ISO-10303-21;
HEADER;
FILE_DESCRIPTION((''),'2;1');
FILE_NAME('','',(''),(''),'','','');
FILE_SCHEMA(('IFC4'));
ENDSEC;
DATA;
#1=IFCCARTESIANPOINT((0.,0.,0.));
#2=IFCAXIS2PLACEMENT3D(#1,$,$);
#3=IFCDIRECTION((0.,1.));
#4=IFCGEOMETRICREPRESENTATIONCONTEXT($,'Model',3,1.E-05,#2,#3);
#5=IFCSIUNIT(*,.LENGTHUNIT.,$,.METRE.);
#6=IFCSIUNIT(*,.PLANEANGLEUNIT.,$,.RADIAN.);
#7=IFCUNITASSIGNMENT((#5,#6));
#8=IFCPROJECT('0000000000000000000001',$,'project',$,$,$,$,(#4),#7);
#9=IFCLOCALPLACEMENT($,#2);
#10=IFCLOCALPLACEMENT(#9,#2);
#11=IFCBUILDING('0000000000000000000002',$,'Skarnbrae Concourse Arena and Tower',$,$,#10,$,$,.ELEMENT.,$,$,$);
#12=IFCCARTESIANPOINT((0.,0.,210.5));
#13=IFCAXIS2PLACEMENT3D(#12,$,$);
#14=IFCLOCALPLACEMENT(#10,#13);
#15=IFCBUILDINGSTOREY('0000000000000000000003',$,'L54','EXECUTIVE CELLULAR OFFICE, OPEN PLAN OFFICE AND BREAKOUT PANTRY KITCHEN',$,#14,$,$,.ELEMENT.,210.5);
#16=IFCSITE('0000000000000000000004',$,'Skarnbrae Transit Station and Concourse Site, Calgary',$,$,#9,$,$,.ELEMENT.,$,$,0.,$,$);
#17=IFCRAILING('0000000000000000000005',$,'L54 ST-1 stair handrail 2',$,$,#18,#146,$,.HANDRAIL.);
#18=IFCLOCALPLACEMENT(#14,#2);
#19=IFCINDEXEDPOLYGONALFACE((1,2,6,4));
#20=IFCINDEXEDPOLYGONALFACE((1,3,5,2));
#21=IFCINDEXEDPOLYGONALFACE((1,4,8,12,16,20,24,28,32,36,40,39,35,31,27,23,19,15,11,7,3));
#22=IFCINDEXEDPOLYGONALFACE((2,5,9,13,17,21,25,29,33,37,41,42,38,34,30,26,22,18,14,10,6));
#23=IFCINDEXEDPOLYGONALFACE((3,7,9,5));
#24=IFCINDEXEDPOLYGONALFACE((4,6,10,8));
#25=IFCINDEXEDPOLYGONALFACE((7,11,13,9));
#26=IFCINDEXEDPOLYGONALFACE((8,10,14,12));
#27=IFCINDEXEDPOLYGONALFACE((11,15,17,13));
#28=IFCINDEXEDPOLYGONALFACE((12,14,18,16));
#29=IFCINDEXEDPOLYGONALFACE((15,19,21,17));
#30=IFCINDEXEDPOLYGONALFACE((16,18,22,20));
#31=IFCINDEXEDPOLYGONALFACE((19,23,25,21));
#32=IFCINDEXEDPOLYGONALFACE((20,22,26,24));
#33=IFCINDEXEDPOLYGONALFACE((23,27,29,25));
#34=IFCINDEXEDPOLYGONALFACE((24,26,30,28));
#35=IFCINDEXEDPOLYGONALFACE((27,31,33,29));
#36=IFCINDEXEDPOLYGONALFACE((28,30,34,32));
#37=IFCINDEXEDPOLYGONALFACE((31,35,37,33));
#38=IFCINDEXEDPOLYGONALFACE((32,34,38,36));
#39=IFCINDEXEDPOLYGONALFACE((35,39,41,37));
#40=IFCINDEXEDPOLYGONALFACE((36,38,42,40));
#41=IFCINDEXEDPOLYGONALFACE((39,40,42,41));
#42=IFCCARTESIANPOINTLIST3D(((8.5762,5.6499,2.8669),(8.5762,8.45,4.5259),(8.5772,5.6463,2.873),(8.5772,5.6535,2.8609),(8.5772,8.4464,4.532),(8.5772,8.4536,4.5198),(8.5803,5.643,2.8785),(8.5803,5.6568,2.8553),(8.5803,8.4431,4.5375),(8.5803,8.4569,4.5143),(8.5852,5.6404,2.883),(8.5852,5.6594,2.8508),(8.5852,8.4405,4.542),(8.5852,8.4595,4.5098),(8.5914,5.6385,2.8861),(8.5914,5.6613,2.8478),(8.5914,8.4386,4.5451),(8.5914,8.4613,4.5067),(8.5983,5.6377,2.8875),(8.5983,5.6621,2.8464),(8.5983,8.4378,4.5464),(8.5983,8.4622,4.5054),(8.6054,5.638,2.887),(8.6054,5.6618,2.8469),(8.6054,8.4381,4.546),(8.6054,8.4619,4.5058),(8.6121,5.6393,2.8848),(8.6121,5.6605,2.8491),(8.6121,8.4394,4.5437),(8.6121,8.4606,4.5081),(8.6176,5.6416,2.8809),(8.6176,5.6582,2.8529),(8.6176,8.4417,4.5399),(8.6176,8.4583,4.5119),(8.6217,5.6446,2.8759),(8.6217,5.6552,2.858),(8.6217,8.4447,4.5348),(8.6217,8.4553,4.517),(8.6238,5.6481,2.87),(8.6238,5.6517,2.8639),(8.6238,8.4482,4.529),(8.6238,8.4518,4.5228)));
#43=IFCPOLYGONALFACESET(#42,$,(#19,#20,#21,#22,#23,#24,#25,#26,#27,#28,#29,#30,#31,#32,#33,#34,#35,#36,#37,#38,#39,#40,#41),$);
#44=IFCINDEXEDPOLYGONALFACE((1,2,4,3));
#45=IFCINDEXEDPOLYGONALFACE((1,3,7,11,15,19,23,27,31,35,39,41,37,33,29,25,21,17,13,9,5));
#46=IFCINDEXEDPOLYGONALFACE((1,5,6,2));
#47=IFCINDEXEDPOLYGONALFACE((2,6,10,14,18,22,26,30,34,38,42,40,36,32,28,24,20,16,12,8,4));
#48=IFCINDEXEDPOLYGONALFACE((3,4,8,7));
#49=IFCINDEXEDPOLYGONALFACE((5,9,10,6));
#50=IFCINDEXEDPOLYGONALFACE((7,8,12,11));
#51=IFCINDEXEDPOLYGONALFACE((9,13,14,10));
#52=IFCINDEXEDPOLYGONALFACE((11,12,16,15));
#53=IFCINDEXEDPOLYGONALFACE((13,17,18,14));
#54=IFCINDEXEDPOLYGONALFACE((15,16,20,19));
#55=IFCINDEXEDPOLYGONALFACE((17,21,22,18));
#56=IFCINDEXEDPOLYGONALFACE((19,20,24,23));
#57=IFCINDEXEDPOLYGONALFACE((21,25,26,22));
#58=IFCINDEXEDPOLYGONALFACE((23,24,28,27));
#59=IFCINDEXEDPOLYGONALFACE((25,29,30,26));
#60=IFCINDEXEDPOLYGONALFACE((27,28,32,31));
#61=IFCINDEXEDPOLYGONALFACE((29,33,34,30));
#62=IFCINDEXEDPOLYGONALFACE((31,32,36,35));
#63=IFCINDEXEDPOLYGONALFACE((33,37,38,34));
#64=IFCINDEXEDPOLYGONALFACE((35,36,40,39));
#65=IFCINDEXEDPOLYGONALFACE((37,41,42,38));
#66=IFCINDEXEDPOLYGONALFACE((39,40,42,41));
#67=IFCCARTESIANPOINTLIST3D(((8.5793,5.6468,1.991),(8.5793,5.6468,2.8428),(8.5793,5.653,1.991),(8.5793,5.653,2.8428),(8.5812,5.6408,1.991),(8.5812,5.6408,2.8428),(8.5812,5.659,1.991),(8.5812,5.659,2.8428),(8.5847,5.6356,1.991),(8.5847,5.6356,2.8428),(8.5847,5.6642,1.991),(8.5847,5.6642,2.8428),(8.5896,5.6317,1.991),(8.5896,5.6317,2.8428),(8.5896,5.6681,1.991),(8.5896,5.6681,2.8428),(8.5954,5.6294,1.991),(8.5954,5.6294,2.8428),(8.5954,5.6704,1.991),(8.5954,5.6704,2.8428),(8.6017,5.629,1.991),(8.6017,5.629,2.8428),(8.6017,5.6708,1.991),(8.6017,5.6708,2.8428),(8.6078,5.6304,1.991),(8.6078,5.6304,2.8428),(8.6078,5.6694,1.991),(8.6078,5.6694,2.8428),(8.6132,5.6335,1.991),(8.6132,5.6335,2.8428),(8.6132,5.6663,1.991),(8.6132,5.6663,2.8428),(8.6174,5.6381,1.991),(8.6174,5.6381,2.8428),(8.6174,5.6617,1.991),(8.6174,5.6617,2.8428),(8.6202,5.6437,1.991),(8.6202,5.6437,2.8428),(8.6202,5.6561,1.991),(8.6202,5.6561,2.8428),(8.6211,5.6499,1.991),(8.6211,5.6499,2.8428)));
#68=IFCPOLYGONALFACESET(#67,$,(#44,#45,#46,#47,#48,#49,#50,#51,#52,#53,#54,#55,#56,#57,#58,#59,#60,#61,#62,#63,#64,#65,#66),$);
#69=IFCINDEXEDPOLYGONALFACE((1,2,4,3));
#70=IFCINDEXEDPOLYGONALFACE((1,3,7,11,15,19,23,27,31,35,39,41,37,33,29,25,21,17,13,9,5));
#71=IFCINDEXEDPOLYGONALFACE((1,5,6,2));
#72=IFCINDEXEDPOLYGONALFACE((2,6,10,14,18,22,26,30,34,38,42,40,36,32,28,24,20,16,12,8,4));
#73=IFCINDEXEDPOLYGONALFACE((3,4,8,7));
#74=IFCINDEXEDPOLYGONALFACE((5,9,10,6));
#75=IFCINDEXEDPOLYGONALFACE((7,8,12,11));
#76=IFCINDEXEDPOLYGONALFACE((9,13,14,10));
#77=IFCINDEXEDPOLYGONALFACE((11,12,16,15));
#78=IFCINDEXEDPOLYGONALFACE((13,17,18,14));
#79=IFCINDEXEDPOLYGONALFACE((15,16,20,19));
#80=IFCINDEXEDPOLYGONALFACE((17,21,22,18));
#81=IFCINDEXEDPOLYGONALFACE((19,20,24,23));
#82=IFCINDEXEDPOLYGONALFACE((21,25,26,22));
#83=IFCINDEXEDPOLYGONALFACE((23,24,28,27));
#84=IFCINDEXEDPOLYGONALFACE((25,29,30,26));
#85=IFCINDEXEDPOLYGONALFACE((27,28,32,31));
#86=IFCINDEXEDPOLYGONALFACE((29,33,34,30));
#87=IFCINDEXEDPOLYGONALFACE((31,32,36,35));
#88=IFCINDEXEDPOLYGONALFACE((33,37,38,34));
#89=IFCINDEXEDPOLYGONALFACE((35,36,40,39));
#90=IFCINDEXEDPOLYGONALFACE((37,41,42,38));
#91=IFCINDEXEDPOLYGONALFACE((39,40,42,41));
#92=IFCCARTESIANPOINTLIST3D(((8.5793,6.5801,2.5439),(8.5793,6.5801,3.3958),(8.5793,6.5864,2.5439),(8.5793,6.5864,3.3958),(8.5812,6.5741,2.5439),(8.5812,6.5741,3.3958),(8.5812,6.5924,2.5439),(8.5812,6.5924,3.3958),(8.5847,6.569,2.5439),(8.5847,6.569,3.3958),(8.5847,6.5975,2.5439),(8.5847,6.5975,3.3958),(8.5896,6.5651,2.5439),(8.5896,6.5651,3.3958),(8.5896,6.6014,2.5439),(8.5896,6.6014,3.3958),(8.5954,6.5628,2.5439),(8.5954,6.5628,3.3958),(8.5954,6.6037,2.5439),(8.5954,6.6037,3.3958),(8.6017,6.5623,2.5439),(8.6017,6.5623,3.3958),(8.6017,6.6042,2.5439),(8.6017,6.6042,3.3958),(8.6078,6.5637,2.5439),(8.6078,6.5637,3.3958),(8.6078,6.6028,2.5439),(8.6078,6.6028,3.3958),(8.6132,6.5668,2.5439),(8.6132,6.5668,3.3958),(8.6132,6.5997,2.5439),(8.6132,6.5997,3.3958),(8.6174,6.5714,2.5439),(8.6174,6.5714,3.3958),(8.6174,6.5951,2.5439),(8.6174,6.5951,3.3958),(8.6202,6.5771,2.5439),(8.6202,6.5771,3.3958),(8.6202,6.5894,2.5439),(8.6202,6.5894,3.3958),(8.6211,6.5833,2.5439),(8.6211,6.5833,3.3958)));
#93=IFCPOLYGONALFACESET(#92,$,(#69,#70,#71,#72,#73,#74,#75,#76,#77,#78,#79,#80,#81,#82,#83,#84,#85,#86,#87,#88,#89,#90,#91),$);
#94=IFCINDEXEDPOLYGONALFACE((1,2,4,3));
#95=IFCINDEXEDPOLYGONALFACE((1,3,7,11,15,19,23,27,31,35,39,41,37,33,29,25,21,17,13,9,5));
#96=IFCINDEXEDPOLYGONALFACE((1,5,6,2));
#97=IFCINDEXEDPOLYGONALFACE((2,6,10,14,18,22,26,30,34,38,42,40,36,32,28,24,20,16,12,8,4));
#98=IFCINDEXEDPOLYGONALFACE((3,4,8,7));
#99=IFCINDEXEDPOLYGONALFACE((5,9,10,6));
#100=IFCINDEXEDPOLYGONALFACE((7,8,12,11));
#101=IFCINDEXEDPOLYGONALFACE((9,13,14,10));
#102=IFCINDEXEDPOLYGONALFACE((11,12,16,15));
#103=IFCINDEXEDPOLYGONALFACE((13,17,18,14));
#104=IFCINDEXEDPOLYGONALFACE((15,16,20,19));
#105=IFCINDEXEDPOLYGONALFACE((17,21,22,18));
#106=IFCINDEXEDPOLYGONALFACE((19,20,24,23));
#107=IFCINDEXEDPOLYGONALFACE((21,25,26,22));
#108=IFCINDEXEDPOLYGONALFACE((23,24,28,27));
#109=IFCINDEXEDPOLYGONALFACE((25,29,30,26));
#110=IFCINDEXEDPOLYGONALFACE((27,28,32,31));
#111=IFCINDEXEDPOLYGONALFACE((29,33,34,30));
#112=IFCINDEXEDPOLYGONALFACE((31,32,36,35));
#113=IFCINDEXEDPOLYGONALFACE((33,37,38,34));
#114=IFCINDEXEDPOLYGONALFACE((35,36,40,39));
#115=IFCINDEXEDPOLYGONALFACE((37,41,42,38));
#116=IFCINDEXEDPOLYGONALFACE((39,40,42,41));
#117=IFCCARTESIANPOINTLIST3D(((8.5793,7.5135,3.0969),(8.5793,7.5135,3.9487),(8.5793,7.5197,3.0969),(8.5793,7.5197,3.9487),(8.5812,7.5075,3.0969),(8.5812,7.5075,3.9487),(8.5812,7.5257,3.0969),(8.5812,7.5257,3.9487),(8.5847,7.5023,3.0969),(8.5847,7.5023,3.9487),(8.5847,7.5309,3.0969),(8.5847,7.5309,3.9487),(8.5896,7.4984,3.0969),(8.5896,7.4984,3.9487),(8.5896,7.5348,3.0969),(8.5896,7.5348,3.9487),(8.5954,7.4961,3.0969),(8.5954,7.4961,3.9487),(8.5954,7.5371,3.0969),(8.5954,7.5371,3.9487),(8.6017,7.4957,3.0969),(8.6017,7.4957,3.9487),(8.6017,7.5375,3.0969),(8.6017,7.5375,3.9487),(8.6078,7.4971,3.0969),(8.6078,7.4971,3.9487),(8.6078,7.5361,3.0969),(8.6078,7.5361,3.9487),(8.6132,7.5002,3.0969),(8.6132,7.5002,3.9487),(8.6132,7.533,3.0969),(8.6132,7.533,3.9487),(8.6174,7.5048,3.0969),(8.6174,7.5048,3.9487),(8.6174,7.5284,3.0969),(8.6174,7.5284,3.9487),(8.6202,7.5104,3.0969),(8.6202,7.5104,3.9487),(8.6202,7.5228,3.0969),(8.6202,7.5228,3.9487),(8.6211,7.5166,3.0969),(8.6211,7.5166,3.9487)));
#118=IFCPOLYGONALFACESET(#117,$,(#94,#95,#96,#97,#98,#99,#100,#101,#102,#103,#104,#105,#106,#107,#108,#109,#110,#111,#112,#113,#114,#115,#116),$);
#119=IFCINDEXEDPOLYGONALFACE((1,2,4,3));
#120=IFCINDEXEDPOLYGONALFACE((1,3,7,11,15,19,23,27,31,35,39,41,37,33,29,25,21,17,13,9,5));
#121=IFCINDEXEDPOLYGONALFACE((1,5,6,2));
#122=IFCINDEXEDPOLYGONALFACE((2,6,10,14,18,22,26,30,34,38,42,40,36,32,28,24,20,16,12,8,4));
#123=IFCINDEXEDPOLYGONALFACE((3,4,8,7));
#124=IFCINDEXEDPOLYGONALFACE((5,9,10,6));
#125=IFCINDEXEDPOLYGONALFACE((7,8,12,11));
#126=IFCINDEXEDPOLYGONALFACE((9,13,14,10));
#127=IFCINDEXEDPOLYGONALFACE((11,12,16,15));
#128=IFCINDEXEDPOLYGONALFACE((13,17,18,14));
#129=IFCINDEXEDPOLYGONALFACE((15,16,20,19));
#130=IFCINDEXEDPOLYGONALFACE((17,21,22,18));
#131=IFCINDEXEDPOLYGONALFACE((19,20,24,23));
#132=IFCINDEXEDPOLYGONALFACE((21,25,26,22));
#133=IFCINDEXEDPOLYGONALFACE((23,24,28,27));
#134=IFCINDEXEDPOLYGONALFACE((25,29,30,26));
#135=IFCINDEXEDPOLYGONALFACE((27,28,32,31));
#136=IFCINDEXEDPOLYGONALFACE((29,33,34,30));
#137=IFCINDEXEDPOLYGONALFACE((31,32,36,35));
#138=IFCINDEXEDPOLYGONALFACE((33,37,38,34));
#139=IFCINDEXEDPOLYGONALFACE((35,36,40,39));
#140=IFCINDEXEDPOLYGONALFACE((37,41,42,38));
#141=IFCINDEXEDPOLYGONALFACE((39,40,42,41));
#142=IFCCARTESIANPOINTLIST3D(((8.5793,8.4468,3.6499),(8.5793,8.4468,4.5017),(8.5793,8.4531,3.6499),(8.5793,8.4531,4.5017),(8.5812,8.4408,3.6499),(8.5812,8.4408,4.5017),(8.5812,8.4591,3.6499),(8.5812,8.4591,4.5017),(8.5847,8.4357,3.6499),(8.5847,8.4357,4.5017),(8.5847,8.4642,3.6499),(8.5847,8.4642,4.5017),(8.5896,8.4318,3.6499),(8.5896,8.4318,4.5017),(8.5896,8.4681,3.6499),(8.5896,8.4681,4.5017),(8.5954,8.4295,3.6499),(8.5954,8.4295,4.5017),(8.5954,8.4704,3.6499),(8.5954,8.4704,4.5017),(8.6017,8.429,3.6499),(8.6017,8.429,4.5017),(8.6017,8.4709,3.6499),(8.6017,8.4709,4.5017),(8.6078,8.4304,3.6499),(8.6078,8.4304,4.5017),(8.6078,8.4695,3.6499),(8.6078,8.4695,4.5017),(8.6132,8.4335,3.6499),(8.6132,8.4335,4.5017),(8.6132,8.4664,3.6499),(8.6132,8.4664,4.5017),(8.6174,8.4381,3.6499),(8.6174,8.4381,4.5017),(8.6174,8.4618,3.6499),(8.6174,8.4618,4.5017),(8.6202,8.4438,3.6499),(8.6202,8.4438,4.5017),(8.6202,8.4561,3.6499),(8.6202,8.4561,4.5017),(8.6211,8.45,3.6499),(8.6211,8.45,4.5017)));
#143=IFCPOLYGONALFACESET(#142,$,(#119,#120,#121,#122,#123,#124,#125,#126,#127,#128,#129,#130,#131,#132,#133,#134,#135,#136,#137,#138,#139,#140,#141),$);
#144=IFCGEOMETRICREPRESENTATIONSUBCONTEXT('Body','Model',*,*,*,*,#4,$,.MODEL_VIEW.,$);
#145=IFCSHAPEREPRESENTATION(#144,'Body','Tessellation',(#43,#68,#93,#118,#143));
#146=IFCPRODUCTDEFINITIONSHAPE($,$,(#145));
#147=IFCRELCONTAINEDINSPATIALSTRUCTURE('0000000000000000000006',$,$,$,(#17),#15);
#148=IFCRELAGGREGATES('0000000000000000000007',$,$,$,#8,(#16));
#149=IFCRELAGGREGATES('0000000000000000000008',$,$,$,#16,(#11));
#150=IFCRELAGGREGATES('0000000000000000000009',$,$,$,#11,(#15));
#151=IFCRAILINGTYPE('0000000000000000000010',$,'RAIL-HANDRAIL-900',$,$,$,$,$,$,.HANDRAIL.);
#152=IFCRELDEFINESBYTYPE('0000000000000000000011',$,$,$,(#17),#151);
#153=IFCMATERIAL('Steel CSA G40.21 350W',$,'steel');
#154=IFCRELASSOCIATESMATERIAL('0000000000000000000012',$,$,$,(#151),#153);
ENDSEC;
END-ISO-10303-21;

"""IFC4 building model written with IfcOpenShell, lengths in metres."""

from ifc_helpers import new_model, si_unit, direction, frame, origin, origin_2d, place, context, subcontext, project, spatial, circle, extrude, material, type_object, element, save


model = new_model("IFC4")

# Units and contexts
model_context = context("Model", 3, precision=1e-05, world=origin(), true_north=direction((0.0, 1.0)))
body_context = subcontext(model_context, "Body", "Model", "MODEL_VIEW")
ifc_project = project(units=[si_unit("LENGTHUNIT", "METRE"), si_unit("PLANEANGLEUNIT", "RADIAN")], contexts=[model_context])

# Site, building, storey
site_placement = place(None, origin())
site = spatial("IfcSite", under=ifc_project, at=site_placement, Name="Skarnbrae Transit Station and Concourse Site, Calgary", CompositionType="ELEMENT", RefElevation=0.0)
building_placement = place(site_placement, origin())
building = spatial("IfcBuilding", under=site, at=building_placement, Name="Skarnbrae Concourse Arena and Tower", CompositionType="ELEMENT")
storey_placement = place(building_placement, frame((0.0, 0.0, 210.5)))
storey = spatial("IfcBuildingStorey", under=building, at=storey_placement, Name="L54", Description="EXECUTIVE CELLULAR OFFICE, OPEN PLAN OFFICE AND BREAKOUT PANTRY KITCHEN", CompositionType="ELEMENT", Elevation=210.5)

# Shared definitions
ifc_material_1 = material(Name="Steel CSA G40.21 350W", Category="steel")

# Railing
railing_type_1 = type_object("IfcRailingType", Name="RAIL-HANDRAIL-900", PredefinedType="HANDRAIL", material=ifc_material_1)
railing_1_placement = place(storey_placement, frame((8.6001, 5.6499, 1.991)))
element("IfcRailing", 1, at=railing_1_placement, inside=storey, type_object=railing_type_1, Name="L54 ST-1 stair handrail 2", PredefinedType="HANDRAIL", context=body_context, shape_type="SweptSolid", body=[
    extrude(circle(Radius=0.0239, at=origin_2d()), frame((0.0, 0.0, 0.876), z_axis=(0.0, 0.860339, 0.509722), x_axis=(-1.0, 0.0, 0.0)), (0.0, 0.0, 1.0), 3.2546),
    extrude(circle(Radius=0.021, at=origin_2d()), origin(), (0.0, 0.0, 1.0), 0.8518),
    extrude(circle(Radius=0.021, at=origin_2d()), frame((0.0, 0.9333, 0.553)), (0.0, 0.0, 1.0), 0.8518),
    extrude(circle(Radius=0.021, at=origin_2d()), frame((0.0, 1.8667, 1.106)), (0.0, 0.0, 1.0), 0.8518),
    extrude(circle(Radius=0.021, at=origin_2d()), frame((0.0, 2.8, 1.6589)), (0.0, 0.0, 1.0), 0.8518),
])

save(model, "model.ifc")
